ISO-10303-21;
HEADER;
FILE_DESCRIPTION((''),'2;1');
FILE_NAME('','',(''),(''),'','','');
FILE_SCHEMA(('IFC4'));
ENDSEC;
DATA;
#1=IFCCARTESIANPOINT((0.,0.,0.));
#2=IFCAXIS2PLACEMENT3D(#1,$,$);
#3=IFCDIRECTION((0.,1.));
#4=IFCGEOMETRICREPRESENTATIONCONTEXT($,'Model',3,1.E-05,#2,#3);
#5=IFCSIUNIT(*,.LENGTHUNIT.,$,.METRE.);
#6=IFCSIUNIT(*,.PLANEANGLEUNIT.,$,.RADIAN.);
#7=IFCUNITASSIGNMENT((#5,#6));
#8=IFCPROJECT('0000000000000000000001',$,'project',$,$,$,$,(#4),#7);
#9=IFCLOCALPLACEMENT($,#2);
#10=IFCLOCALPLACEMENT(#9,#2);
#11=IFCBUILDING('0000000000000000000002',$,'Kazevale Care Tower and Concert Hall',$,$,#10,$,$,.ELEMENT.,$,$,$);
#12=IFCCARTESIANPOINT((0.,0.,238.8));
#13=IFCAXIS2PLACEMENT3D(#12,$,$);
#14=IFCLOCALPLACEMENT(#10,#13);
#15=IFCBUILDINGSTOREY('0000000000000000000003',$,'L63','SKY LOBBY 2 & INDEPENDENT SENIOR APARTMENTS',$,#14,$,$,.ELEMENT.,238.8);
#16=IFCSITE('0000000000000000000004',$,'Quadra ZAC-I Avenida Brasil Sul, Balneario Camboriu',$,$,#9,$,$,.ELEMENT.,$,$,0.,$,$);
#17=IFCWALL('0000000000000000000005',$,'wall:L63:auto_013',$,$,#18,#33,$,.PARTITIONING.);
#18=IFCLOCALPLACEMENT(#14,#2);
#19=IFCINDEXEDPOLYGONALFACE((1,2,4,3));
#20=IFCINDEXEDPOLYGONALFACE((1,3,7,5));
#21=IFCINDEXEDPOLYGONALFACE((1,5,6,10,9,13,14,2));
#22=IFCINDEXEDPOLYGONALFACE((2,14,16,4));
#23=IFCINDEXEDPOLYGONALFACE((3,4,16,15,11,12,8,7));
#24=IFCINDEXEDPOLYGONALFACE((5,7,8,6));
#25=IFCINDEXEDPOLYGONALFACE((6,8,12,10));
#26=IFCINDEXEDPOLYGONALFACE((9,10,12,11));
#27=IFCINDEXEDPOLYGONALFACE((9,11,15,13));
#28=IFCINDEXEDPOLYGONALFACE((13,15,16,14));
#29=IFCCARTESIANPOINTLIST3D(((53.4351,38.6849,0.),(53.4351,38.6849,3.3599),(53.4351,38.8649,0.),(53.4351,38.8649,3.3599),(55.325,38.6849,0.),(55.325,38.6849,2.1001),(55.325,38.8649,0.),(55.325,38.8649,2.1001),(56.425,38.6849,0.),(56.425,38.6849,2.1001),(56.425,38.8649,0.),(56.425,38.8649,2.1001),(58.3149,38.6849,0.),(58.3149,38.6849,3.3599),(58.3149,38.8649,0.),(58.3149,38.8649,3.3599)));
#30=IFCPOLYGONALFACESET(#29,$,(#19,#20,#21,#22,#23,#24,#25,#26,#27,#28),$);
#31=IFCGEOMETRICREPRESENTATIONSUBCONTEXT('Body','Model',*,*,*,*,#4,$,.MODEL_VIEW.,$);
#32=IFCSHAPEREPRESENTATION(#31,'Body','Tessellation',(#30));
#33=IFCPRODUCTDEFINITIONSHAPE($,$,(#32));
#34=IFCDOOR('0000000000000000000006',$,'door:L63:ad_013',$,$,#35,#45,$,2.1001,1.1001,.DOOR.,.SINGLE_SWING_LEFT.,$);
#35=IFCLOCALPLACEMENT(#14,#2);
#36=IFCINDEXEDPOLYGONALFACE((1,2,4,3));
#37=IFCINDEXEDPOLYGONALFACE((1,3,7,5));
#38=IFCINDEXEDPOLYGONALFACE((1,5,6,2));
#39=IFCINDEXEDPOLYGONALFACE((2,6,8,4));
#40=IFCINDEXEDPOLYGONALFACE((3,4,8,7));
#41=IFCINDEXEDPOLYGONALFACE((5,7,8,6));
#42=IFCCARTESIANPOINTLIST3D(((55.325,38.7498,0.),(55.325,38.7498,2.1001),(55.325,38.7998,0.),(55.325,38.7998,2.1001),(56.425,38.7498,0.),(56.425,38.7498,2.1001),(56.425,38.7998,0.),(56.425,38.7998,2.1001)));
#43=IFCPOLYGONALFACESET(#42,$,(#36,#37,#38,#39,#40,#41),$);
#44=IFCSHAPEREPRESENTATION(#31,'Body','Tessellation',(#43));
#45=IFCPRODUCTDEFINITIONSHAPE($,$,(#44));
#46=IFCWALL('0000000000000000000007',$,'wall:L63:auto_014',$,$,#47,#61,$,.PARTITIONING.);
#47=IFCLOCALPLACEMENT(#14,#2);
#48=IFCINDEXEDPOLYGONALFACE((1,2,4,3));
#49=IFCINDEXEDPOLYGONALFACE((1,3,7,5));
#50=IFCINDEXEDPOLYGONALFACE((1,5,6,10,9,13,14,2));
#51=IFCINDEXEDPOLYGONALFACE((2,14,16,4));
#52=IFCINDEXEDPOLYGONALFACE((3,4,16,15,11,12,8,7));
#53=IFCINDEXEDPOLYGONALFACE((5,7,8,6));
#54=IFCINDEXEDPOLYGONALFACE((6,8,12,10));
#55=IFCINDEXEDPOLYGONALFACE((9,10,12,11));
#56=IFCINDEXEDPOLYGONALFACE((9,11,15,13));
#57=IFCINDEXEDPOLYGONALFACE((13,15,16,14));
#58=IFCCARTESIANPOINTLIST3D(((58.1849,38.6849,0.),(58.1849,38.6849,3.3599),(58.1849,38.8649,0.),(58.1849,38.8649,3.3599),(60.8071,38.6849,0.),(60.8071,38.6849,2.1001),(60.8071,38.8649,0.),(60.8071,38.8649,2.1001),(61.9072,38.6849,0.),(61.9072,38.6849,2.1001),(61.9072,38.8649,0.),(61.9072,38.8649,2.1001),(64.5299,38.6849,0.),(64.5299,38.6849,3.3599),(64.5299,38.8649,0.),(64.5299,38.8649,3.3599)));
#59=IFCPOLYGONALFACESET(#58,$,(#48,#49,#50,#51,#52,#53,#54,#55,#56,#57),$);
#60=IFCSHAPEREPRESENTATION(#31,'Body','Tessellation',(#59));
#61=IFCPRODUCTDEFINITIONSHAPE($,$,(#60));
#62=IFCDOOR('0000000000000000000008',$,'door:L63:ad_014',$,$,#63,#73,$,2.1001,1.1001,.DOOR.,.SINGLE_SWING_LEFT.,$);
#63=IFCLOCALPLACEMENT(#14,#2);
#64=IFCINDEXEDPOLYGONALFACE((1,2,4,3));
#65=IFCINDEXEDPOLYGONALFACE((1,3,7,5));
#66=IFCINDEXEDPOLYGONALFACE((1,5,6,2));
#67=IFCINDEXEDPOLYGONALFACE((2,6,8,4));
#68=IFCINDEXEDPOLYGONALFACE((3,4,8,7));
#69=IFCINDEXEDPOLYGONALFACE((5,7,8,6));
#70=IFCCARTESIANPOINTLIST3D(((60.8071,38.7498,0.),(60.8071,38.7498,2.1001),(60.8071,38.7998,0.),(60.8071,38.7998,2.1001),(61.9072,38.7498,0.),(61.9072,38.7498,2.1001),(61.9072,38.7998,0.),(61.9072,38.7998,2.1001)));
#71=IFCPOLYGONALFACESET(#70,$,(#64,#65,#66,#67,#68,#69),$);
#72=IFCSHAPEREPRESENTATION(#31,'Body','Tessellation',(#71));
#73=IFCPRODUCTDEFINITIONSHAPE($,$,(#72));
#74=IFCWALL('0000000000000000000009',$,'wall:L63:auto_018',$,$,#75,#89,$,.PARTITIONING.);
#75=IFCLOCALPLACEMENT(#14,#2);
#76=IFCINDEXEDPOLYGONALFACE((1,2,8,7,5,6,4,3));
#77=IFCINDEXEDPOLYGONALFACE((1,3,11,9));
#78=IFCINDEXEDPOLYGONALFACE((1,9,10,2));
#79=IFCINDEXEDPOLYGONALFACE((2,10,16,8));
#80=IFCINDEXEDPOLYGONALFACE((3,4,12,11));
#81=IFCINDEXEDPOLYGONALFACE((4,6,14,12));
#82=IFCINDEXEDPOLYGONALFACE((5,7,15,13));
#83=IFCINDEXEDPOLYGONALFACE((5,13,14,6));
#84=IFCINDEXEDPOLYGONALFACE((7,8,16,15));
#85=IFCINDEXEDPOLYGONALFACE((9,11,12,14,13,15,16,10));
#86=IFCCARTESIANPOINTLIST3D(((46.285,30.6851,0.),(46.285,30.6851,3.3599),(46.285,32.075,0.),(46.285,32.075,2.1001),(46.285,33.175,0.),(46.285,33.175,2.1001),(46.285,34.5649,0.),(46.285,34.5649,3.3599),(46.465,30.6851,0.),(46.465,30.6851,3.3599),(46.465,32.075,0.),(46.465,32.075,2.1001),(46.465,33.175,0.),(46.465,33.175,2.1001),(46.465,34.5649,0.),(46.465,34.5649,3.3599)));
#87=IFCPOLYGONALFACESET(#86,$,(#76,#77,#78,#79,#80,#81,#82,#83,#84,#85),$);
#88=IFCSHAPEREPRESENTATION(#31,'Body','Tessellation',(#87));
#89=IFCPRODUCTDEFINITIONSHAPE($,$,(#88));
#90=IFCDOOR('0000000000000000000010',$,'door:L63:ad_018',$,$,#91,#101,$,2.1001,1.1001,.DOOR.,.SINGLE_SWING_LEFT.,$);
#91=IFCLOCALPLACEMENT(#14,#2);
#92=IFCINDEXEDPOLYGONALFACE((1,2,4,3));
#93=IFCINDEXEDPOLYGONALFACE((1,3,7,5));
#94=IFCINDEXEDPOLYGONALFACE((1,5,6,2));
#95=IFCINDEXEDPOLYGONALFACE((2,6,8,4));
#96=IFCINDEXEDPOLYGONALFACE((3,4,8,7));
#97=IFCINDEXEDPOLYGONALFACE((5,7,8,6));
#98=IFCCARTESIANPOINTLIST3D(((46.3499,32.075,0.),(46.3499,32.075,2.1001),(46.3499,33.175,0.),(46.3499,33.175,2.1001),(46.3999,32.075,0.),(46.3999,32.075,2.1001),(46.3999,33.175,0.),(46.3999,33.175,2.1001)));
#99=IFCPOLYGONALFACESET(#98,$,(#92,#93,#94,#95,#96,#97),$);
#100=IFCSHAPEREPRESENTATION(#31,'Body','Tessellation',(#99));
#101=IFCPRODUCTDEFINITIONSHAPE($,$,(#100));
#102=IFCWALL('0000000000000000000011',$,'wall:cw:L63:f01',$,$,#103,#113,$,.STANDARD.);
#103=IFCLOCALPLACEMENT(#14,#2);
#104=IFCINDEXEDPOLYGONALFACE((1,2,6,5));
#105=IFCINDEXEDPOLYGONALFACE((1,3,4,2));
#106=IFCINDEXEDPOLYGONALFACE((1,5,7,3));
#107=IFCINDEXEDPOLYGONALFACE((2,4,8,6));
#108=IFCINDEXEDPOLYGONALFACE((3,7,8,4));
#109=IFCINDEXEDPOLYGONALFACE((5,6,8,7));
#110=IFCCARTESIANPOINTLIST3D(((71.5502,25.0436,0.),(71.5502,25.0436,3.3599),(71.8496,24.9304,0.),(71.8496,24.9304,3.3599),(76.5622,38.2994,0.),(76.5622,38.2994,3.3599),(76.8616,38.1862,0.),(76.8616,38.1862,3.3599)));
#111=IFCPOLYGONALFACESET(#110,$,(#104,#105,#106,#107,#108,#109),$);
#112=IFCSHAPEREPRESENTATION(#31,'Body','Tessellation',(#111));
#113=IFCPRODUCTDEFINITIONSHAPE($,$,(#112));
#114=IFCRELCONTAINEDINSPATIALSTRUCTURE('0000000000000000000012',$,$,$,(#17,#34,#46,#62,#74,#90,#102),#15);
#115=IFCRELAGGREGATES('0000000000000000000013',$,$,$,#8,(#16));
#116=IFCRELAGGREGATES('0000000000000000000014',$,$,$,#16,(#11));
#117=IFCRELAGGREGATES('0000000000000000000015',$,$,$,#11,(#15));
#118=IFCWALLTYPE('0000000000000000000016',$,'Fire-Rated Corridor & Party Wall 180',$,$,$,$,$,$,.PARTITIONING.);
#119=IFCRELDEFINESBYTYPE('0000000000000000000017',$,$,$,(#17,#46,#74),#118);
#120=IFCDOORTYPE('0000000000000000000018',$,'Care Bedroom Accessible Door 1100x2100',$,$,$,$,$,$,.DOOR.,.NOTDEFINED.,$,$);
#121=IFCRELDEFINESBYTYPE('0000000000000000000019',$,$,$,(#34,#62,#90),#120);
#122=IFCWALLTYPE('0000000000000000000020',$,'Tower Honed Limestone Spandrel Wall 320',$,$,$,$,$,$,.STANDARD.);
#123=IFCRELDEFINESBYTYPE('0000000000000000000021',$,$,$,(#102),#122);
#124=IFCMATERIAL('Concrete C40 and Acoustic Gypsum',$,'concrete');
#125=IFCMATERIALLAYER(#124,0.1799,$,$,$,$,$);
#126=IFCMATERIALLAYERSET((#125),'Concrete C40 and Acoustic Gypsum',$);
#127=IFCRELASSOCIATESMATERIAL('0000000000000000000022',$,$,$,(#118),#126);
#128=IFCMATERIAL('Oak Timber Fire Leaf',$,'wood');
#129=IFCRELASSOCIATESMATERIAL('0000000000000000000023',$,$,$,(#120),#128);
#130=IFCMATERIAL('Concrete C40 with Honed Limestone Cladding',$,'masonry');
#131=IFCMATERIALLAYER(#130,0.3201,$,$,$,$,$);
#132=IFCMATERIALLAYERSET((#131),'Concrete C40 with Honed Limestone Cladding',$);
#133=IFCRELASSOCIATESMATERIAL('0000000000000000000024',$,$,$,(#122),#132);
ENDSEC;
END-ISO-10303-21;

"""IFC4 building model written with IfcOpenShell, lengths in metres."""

from ifc_helpers import new_model, si_unit, direction, frame, frame_2d, origin, place, context, subcontext, project, spatial, rectangle, extrude, material, layer, layer_set, type_object, element, fill, save


model = new_model("IFC4")

# Units and contexts
model_context = context("Model", 3, precision=1e-05, world=origin(), true_north=direction((0.0, 1.0)))
body_context = subcontext(model_context, "Body", "Model", "MODEL_VIEW")
ifc_project = project(units=[si_unit("LENGTHUNIT", "METRE"), si_unit("PLANEANGLEUNIT", "RADIAN")], contexts=[model_context])

# Site, building, storey
site_placement = place(None, origin())
site = spatial("IfcSite", under=ifc_project, at=site_placement, Name="Quadra ZAC-I Avenida Brasil Sul, Balneario Camboriu", CompositionType="ELEMENT", RefElevation=0.0)
building_placement = place(site_placement, origin())
building = spatial("IfcBuilding", under=site, at=building_placement, Name="Kazevale Care Tower and Concert Hall", CompositionType="ELEMENT")
storey_placement = place(building_placement, frame((0.0, 0.0, 238.8)))
storey = spatial("IfcBuildingStorey", under=building, at=storey_placement, Name="L63", Description="SKY LOBBY 2 & INDEPENDENT SENIOR APARTMENTS", CompositionType="ELEMENT", Elevation=238.8)

# Walls, openings, doors
ifc_material_1 = material(Name="Concrete C40 and Acoustic Gypsum", Category="concrete")
ifc_layer_1 = layer(ifc_material_1, 0.1799)
ifc_layer_set_1 = layer_set([ifc_layer_1], Name="Concrete C40 and Acoustic Gypsum")
wall_type_1 = type_object("IfcWallType", Name="Fire-Rated Corridor & Party Wall 180", PredefinedType="PARTITIONING", material=ifc_layer_set_1)
ifc_material_2 = material(Name="Oak Timber Fire Leaf", Category="wood")
door_type = type_object("IfcDoorType", Name="Care Bedroom Accessible Door 1100x2100", OperationType="NOTDEFINED", PredefinedType="DOOR", material=ifc_material_2)
wall_1_placement = place(storey_placement, frame((53.4351, 38.7749, 0.0), z_axis=(0.0, 0.0, 1.0), x_axis=(1.0, 0.0, 0.0)))
wall_1 = element("IfcWall", 1, at=wall_1_placement, inside=storey, type_object=wall_type_1, Name="wall:L63:auto_013", PredefinedType="PARTITIONING", context=body_context, shape_type="SweptSolid", body=[
    extrude(rectangle(XDim=4.8799, YDim=0.1799, at=frame_2d((2.4399, 0.0))), origin(), (0.0, 0.0, 1.0), 3.3599),
])
opening_1_placement = place(wall_1_placement, frame((1.8899, 0.0, 0.0)))
opening_1 = element("IfcOpeningElement", 2, at=opening_1_placement, cuts=wall_1, PredefinedType="OPENING", context=body_context, shape_type="SweptSolid", body=[
    extrude(rectangle(XDim=1.1001, YDim=2.1001, at=frame_2d((0.55, 1.05))), frame((0.0, 0.0999, 0.0), z_axis=(0.0, -1.0, 0.0), x_axis=(1.0, 0.0, 0.0)), (0.0, 0.0, 1.0), 0.2),
])
door_1_placement = place(opening_1_placement, origin())
door_1 = element("IfcDoor", 3, at=door_1_placement, inside=storey, type_object=door_type, Name="door:L63:ad_013", OperationType="SINGLE_SWING_LEFT", OverallHeight=2.1001, OverallWidth=1.1001, PredefinedType="DOOR", context=body_context, shape_type="SweptSolid", body=[
    extrude(rectangle(XDim=1.1001, YDim=2.1001, at=frame_2d((0.55, 1.05))), frame((0.0, 0.0249, 0.0), z_axis=(0.0, -1.0, 0.0), x_axis=(1.0, 0.0, 0.0)), (0.0, 0.0, 1.0), 0.05),
])
fill(opening_1, door_1)
wall_2_placement = place(storey_placement, frame((58.1851, 38.7749, 0.0), z_axis=(0.0, 0.0, 1.0), x_axis=(1.0, 0.0, 0.0)))
wall_2 = element("IfcWall", 4, at=wall_2_placement, inside=storey, type_object=wall_type_1, Name="wall:L63:auto_014", PredefinedType="PARTITIONING", context=body_context, shape_type="SweptSolid", body=[
    extrude(rectangle(XDim=6.345, YDim=0.1799, at=frame_2d((3.1724, 0.0))), origin(), (0.0, 0.0, 1.0), 3.3599),
])
opening_2_placement = place(wall_2_placement, frame((2.6221, 0.0, 0.0)))
opening_2 = element("IfcOpeningElement", 5, at=opening_2_placement, cuts=wall_2, PredefinedType="OPENING", context=body_context, shape_type="SweptSolid", body=[
    extrude(rectangle(XDim=1.1001, YDim=2.1001, at=frame_2d((0.55, 1.05))), frame((0.0, 0.0999, 0.0), z_axis=(0.0, -1.0, 0.0), x_axis=(1.0, 0.0, 0.0)), (0.0, 0.0, 1.0), 0.2),
])
door_2_placement = place(opening_2_placement, origin())
door_2 = element("IfcDoor", 6, at=door_2_placement, inside=storey, type_object=door_type, Name="door:L63:ad_014", OperationType="SINGLE_SWING_LEFT", OverallHeight=2.1001, OverallWidth=1.1001, PredefinedType="DOOR", context=body_context, shape_type="SweptSolid", body=[
    extrude(rectangle(XDim=1.1001, YDim=2.1001, at=frame_2d((0.55, 1.05))), frame((0.0, 0.0249, 0.0), z_axis=(0.0, -1.0, 0.0), x_axis=(1.0, 0.0, 0.0)), (0.0, 0.0, 1.0), 0.05),
])
fill(opening_2, door_2)
wall_3_placement = place(storey_placement, frame((46.375, 34.5649, 0.0), z_axis=(0.0, 0.0, 1.0), x_axis=(0.0, -1.0, 0.0)))
wall_3 = element("IfcWall", 7, at=wall_3_placement, inside=storey, type_object=wall_type_1, Name="wall:L63:auto_018", PredefinedType="PARTITIONING", context=body_context, shape_type="SweptSolid", body=[
    extrude(rectangle(XDim=3.8799, YDim=0.1799, at=frame_2d((1.9399, 0.0))), origin(), (0.0, 0.0, 1.0), 3.3599),
])
opening_3_placement = place(wall_3_placement, frame((1.3899, 0.0, 0.0)))
opening_3 = element("IfcOpeningElement", 8, at=opening_3_placement, cuts=wall_3, PredefinedType="OPENING", context=body_context, shape_type="SweptSolid", body=[
    extrude(rectangle(XDim=1.1001, YDim=2.1001, at=frame_2d((0.55, 1.05))), frame((0.0, 0.0999, 0.0), z_axis=(0.0, -1.0, 0.0), x_axis=(1.0, 0.0, 0.0)), (0.0, 0.0, 1.0), 0.2),
])
door_3_placement = place(opening_3_placement, origin())
door_3 = element("IfcDoor", 9, at=door_3_placement, inside=storey, type_object=door_type, Name="door:L63:ad_018", OperationType="SINGLE_SWING_LEFT", OverallHeight=2.1001, OverallWidth=1.1001, PredefinedType="DOOR", context=body_context, shape_type="SweptSolid", body=[
    extrude(rectangle(XDim=1.1001, YDim=2.1001, at=frame_2d((0.55, 1.05))), frame((0.0, 0.0249, 0.0), z_axis=(0.0, -1.0, 0.0), x_axis=(1.0, 0.0, 0.0)), (0.0, 0.0, 1.0), 0.05),
])
fill(opening_3, door_3)

# Wall
ifc_material_3 = material(Name="Concrete C40 with Honed Limestone Cladding", Category="masonry")
ifc_layer_2 = layer(ifc_material_3, 0.3201)
ifc_layer_set_2 = layer_set([ifc_layer_2], Name="Concrete C40 with Honed Limestone Cladding")
wall_type_2 = type_object("IfcWallType", Name="Tower Honed Limestone Spandrel Wall 320", PredefinedType="STANDARD", material=ifc_layer_set_2)
wall_4_placement = place(storey_placement, frame((76.7119, 38.2429, 0.0), z_axis=(0.0, 0.0, 1.0), x_axis=(-0.35366, -0.935374, 0.0)))
element("IfcWall", 10, at=wall_4_placement, inside=storey, type_object=wall_type_2, Name="wall:cw:L63:f01", PredefinedType="STANDARD", context=body_context, shape_type="SweptSolid", body=[
    extrude(rectangle(XDim=14.1716, YDim=0.3201, at=frame_2d((7.0859, 0.0))), origin(), (0.0, 0.0, 1.0), 3.3599),
])

save(model, "model.ifc")
